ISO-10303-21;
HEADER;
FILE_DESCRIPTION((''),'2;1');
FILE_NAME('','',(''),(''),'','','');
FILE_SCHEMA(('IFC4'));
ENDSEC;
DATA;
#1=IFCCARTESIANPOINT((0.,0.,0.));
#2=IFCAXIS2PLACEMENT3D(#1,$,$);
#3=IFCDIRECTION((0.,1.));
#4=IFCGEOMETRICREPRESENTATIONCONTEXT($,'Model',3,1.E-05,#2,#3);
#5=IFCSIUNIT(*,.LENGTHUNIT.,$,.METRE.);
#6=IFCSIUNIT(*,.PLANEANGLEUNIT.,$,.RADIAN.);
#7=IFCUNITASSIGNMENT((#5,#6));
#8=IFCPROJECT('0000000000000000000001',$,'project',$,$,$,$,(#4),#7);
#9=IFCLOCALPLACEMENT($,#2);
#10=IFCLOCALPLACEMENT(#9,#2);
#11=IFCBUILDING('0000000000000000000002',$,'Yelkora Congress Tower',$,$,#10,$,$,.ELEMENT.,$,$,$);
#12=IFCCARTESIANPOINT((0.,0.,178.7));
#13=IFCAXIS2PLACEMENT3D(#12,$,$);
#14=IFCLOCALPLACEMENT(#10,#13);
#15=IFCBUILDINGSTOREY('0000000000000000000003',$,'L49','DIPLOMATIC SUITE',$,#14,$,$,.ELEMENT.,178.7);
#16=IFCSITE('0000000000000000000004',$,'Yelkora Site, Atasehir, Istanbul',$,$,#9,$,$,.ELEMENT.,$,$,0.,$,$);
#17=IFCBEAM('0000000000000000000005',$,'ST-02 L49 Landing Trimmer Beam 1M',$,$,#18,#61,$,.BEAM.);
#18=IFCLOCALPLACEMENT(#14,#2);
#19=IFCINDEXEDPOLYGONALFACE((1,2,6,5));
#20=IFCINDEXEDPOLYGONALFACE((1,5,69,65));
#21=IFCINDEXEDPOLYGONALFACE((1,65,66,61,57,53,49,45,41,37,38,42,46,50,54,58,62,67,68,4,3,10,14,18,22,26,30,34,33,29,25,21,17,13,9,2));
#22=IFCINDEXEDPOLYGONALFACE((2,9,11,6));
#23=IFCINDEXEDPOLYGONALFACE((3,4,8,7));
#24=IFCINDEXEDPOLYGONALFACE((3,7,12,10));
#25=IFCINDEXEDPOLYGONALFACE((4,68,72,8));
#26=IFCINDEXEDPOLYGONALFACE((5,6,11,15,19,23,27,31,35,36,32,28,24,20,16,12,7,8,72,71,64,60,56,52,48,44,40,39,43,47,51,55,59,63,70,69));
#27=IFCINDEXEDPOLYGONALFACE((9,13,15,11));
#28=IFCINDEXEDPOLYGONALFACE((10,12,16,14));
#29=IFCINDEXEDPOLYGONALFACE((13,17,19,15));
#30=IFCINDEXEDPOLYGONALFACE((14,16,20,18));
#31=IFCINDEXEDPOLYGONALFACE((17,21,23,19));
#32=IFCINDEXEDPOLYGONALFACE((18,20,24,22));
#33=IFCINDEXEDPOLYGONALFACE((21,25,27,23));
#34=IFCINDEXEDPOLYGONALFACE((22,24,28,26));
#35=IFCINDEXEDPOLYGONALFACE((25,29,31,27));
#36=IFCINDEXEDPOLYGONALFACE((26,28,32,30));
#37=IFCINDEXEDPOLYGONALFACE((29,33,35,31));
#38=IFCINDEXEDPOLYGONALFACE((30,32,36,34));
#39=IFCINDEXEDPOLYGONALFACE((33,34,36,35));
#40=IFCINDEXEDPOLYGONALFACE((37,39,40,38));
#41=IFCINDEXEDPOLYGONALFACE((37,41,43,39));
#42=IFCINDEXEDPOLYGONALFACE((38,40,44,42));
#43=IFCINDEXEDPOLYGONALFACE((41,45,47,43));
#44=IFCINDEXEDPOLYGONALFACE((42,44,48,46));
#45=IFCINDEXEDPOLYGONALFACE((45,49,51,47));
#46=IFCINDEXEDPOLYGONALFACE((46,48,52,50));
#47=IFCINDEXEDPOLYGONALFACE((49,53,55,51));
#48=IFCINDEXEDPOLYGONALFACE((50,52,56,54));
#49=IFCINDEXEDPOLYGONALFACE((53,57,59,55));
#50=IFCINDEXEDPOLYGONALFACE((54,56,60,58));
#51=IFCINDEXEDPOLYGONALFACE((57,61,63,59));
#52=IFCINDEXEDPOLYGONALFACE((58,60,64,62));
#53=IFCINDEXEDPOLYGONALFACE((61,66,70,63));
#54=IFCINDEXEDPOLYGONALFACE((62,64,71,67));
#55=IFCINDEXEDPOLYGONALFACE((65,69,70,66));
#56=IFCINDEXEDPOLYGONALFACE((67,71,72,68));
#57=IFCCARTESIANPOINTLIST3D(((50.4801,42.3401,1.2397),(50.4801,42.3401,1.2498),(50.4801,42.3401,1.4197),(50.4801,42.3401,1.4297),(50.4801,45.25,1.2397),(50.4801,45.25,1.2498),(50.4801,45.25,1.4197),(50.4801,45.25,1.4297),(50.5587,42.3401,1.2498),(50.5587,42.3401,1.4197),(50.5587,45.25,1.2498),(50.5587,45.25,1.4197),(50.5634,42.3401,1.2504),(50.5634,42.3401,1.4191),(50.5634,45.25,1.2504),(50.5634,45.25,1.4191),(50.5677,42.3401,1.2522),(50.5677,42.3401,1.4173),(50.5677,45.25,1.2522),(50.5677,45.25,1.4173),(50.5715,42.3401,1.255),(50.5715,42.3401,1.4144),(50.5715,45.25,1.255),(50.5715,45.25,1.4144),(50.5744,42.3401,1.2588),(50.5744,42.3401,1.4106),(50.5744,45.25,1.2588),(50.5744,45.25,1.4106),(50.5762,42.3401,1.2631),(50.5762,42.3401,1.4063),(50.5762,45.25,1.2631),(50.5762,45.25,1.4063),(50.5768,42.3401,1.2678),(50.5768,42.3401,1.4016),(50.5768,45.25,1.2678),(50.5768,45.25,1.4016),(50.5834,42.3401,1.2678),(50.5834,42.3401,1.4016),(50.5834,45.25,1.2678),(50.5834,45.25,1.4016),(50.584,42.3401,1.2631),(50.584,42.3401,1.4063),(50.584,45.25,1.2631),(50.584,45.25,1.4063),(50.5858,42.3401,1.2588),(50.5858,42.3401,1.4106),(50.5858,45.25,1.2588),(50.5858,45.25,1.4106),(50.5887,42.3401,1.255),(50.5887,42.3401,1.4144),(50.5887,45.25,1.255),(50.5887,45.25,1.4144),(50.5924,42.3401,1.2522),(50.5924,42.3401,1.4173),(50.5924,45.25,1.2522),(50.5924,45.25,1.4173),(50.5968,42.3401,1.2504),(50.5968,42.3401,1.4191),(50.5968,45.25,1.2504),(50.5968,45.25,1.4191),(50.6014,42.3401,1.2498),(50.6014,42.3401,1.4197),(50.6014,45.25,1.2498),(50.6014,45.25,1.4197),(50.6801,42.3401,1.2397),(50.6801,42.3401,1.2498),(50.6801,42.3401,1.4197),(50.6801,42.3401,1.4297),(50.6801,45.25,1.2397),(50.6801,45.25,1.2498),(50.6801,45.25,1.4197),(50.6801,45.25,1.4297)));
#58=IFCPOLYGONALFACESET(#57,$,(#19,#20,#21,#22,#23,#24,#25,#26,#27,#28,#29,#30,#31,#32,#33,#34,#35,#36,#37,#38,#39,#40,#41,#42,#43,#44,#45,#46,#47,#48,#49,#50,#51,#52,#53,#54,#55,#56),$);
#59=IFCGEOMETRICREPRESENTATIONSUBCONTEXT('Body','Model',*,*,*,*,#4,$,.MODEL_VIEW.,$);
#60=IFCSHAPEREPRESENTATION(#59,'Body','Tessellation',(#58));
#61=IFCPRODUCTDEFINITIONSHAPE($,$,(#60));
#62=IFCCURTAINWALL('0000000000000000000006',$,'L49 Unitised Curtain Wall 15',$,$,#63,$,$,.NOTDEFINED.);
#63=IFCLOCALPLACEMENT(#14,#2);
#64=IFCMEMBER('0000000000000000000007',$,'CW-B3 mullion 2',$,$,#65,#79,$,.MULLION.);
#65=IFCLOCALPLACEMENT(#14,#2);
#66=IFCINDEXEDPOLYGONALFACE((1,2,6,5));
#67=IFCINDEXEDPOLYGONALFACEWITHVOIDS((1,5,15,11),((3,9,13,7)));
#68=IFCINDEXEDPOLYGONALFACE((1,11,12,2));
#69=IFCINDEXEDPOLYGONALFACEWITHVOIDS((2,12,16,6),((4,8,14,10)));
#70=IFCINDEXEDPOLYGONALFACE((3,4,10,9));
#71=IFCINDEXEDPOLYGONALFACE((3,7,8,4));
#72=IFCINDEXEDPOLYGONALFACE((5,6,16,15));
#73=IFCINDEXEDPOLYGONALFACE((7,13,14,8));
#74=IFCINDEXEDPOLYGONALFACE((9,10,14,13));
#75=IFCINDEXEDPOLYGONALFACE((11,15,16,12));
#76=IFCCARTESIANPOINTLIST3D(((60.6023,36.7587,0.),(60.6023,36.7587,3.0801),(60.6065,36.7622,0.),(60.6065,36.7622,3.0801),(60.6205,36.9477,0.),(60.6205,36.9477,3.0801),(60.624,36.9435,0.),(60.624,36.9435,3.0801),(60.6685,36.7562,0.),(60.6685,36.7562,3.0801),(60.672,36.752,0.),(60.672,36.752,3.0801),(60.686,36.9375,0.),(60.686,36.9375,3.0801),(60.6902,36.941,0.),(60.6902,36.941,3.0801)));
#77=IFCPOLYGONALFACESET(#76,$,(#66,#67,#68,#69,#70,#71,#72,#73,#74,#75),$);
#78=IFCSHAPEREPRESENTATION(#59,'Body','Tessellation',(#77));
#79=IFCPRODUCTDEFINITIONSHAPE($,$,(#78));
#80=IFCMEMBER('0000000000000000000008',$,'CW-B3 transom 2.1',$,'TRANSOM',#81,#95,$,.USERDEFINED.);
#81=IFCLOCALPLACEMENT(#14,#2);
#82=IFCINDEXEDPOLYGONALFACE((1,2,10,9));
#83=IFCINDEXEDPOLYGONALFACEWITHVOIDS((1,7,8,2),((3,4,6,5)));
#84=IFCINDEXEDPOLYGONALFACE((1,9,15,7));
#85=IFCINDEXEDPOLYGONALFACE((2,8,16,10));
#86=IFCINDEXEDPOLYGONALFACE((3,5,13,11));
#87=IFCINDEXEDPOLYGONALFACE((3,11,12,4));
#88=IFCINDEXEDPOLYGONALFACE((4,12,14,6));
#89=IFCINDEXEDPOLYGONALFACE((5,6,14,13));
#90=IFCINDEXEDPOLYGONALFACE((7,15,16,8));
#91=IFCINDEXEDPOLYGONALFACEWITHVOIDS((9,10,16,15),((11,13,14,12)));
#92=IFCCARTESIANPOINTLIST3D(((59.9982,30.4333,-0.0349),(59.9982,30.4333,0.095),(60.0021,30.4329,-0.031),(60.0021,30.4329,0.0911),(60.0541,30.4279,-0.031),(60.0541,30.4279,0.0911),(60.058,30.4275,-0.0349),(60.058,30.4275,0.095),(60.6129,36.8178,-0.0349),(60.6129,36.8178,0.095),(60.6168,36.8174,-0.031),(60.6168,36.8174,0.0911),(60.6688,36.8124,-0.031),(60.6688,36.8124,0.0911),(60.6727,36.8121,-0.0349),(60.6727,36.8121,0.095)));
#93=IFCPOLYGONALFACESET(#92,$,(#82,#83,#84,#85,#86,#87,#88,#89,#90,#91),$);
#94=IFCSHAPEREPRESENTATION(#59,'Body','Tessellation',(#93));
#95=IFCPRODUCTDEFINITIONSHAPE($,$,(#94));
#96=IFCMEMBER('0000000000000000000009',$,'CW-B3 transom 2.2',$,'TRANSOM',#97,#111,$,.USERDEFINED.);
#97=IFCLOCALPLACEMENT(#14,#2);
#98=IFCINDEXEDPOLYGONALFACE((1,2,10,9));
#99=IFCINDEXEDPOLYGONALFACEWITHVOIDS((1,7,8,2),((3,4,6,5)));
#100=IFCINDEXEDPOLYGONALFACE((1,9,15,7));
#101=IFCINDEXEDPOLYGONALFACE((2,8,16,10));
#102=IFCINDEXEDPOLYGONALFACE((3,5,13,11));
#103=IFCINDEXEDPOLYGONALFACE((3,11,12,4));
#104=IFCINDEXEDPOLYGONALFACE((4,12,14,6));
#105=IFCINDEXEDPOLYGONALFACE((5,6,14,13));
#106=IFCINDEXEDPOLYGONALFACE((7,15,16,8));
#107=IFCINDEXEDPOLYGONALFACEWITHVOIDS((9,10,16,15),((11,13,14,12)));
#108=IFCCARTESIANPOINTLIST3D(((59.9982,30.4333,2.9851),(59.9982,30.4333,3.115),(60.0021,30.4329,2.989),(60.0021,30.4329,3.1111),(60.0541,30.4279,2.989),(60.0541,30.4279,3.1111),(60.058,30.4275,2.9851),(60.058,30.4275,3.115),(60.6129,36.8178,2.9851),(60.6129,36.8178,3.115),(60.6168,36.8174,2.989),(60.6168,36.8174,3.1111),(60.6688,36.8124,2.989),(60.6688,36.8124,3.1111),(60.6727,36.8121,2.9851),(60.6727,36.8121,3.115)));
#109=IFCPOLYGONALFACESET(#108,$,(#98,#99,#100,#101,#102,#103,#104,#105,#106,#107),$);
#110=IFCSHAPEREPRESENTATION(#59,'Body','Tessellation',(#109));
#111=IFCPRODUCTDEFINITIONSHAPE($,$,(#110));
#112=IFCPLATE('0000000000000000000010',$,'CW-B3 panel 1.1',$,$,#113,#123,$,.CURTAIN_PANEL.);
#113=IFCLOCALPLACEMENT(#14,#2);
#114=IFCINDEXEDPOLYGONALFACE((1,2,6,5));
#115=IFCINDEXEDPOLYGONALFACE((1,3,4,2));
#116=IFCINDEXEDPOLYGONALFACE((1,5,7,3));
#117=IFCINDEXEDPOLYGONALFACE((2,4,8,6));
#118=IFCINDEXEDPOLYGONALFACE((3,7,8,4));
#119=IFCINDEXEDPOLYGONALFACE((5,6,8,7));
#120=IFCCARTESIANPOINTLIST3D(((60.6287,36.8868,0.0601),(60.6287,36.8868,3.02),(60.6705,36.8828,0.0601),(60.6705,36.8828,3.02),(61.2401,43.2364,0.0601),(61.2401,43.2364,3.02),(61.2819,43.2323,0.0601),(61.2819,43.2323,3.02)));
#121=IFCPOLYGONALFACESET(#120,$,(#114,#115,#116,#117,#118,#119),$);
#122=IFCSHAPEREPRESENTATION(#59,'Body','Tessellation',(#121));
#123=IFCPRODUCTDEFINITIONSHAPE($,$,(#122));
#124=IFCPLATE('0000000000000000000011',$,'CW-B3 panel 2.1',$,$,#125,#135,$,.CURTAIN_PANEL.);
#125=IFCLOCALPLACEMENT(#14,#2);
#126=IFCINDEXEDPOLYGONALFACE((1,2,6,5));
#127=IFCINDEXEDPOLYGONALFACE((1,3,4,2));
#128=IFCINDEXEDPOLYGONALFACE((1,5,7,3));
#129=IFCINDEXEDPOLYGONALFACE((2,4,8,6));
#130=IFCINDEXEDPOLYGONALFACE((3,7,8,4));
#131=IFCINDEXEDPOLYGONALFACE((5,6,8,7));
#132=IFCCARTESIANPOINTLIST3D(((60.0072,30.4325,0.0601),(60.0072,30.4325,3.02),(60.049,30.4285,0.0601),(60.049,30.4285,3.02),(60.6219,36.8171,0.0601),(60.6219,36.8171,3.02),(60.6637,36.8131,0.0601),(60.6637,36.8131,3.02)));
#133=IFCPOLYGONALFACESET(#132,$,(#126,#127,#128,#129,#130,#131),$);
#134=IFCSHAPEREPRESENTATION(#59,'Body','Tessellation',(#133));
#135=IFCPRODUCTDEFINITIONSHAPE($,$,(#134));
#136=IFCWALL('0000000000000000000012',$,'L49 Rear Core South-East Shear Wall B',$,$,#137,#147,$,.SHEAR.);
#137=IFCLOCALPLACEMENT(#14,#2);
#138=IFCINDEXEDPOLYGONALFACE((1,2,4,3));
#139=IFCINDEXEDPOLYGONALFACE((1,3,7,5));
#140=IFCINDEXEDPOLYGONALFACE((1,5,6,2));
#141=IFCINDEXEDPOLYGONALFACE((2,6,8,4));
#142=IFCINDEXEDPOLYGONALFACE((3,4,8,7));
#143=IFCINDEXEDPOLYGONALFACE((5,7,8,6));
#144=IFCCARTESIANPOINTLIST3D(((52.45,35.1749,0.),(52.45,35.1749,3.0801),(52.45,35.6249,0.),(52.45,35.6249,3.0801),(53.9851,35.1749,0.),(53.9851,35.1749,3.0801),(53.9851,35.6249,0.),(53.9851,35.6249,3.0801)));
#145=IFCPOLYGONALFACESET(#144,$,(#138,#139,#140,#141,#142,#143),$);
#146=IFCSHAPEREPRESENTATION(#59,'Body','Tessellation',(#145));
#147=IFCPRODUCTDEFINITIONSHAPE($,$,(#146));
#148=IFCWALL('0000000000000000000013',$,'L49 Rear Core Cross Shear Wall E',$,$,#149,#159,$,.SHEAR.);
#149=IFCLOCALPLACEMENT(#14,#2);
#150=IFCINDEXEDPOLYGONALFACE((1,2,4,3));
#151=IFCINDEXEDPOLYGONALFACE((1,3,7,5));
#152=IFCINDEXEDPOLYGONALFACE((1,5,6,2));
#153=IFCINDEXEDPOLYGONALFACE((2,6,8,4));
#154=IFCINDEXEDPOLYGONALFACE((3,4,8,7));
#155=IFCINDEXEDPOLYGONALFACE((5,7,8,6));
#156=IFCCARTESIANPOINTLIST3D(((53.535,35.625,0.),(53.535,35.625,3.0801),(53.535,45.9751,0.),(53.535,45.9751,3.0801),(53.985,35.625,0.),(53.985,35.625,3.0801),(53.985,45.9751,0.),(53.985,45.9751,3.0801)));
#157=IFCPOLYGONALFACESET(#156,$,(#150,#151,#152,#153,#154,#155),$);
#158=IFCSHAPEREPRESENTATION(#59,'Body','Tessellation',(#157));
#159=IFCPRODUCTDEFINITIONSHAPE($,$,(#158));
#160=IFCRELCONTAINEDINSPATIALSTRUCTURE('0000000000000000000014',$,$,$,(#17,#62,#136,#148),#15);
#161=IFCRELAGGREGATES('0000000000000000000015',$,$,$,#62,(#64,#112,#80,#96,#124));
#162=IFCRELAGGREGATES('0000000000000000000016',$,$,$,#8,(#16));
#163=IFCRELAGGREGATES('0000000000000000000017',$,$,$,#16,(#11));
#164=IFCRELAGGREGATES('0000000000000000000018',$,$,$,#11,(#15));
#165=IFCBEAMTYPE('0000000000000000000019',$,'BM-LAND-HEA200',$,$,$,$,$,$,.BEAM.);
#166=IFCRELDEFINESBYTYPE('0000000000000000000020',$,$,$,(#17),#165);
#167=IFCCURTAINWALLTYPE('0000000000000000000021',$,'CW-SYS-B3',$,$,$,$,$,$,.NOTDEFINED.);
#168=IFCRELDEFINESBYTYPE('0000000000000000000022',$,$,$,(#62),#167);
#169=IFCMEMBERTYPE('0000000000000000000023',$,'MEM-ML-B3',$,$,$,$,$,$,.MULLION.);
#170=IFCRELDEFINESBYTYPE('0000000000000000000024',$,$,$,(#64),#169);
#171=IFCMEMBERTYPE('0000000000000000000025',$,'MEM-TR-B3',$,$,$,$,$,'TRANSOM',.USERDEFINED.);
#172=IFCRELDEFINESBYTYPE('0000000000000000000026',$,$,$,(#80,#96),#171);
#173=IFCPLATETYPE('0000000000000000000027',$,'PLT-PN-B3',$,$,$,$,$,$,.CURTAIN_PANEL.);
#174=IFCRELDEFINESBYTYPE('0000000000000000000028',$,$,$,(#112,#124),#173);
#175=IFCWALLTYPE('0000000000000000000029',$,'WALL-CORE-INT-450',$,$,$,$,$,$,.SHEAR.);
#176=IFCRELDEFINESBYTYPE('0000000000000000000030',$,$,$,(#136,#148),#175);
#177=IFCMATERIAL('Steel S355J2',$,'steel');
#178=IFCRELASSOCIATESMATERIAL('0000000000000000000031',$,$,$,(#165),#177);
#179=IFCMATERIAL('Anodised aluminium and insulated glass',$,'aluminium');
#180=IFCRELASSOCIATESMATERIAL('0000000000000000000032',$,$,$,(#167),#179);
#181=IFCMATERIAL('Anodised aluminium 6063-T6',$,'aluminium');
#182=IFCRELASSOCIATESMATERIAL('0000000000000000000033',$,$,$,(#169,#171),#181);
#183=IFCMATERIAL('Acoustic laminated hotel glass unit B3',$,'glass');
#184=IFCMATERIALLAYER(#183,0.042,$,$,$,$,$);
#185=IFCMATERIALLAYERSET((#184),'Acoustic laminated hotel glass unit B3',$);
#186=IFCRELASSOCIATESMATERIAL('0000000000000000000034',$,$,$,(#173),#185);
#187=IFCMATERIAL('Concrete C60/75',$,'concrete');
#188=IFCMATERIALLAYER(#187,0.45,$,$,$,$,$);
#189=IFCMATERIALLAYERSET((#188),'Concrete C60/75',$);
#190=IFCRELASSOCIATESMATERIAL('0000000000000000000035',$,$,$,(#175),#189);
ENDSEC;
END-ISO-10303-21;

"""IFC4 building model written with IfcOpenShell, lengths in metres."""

from ifc_helpers import new_model, si_unit, direction, frame, frame_2d, origin, origin_2d, place, context, subcontext, project, spatial, rectangle, hollow_rectangle, i_section, extrude, material, layer, layer_set, material_profile, profile_set, type_object, element, aggregate, save


model = new_model("IFC4")

# Units and contexts
model_context = context("Model", 3, precision=1e-05, world=origin(), true_north=direction((0.0, 1.0)))
body_context = subcontext(model_context, "Body", "Model", "MODEL_VIEW")
ifc_project = project(units=[si_unit("LENGTHUNIT", "METRE"), si_unit("PLANEANGLEUNIT", "RADIAN")], contexts=[model_context])

# Site, building, storey
site_placement = place(None, origin())
site = spatial("IfcSite", under=ifc_project, at=site_placement, Name="Yelkora Site, Atasehir, Istanbul", CompositionType="ELEMENT", RefElevation=0.0)
building_placement = place(site_placement, origin())
building = spatial("IfcBuilding", under=site, at=building_placement, Name="Yelkora Congress Tower", CompositionType="ELEMENT")
storey_placement = place(building_placement, frame((0.0, 0.0, 178.7)))
storey = spatial("IfcBuildingStorey", under=building, at=storey_placement, Name="L49", Description="DIPLOMATIC SUITE", CompositionType="ELEMENT", Elevation=178.7)

# Beam
ifc_material_1 = material(Name="Steel S355J2", Category="steel")
ifc_material_profile_1 = material_profile(ifc_material_1, i_section(OverallWidth=0.2, OverallDepth=0.1899, WebThickness=0.0066, FlangeThickness=0.01, FilletRadius=0.0181, at=origin_2d()), Name="HEA 200")
ifc_profile_set_1 = profile_set([ifc_material_profile_1], Name="Steel S355J2")
beam_type_1 = type_object("IfcBeamType", Name="BM-LAND-HEA200", PredefinedType="BEAM", material=ifc_profile_set_1)
beam_1_placement = place(storey_placement, frame((50.5801, 42.3401, 1.3347), z_axis=(0.0, 1.0, 0.0), x_axis=(-1.0, 0.0, 0.0)))
element("IfcBeam", 1, at=beam_1_placement, inside=storey, type_object=beam_type_1, Name="ST-02 L49 Landing Trimmer Beam 1M", PredefinedType="BEAM", context=body_context, shape_type="SweptSolid", body=[
    extrude(i_section(OverallWidth=0.2, OverallDepth=0.1899, WebThickness=0.0066, FlangeThickness=0.01, FilletRadius=0.0181, at=origin_2d()), origin(), (0.0, 0.0, 1.0), 2.9099),
])

# Curtain wall, members, plates
ifc_material_2 = material(Name="Anodised aluminium and insulated glass", Category="aluminium")
curtain_wall_type = type_object("IfcCurtainWallType", Name="CW-SYS-B3", PredefinedType="NOTDEFINED", material=ifc_material_2)
curtain_wall_placement = place(storey_placement, origin())
curtain_wall = element("IfcCurtainWall", 2, at=curtain_wall_placement, inside=storey, type_object=curtain_wall_type, Name="L49 Unitised Curtain Wall 15", PredefinedType="NOTDEFINED")
ifc_material_3 = material(Name="Anodised aluminium 6063-T6", Category="aluminium")
ifc_material_profile_2 = material_profile(ifc_material_3, hollow_rectangle(XDim=0.0701, YDim=0.1899, WallThickness=0.0039, at=origin_2d()), Name="ALU 70x190x4")
ifc_profile_set_2 = profile_set([ifc_material_profile_2], Name="Anodised aluminium 6063-T6")
member_type_1 = type_object("IfcMemberType", Name="MEM-ML-B3", PredefinedType="MULLION", material=ifc_profile_set_2)
member_1_placement = place(storey_placement, frame((60.6462, 36.8499, 0.0), z_axis=(0.0, 0.0, 1.0), x_axis=(0.995397, -0.095842, 0.0)))
member_1 = element("IfcMember", 3, at=member_1_placement, type_object=member_type_1, Name="CW-B3 mullion 2", PredefinedType="MULLION", context=body_context, shape_type="SweptSolid", body=[
    extrude(hollow_rectangle(XDim=0.0701, YDim=0.1899, WallThickness=0.0039, at=origin_2d()), origin(), (0.0, 0.0, 1.0), 3.0801),
])
ifc_material_profile_3 = material_profile(ifc_material_3, hollow_rectangle(XDim=0.0601, YDim=0.1299, WallThickness=0.0039, at=origin_2d()), Name="ALU 60x130x4")
ifc_profile_set_3 = profile_set([ifc_material_profile_3], Name="Anodised aluminium 6063-T6")
member_type_2 = type_object("IfcMemberType", Name="MEM-TR-B3", ElementType="TRANSOM", PredefinedType="USERDEFINED", material=ifc_profile_set_3)
member_2_placement = place(storey_placement, frame((60.6428, 36.8149, 0.03), z_axis=(-0.095844, -0.995396, 0.0), x_axis=(0.995396, -0.095844, 0.0)))
member_2 = element("IfcMember", 4, at=member_2_placement, type_object=member_type_2, Name="CW-B3 transom 2.1", ObjectType="TRANSOM", PredefinedType="USERDEFINED", context=body_context, shape_type="SweptSolid", body=[
    extrude(hollow_rectangle(XDim=0.0601, YDim=0.1299, WallThickness=0.0039, at=origin_2d()), origin(), (0.0, 0.0, 1.0), 6.4141),
])
member_3_placement = place(storey_placement, frame((60.6428, 36.8149, 3.05), z_axis=(-0.095844, -0.995396, 0.0), x_axis=(0.995396, -0.095844, 0.0)))
member_3 = element("IfcMember", 5, at=member_3_placement, type_object=member_type_2, Name="CW-B3 transom 2.2", ObjectType="TRANSOM", PredefinedType="USERDEFINED", context=body_context, shape_type="SweptSolid", body=[
    extrude(hollow_rectangle(XDim=0.0601, YDim=0.1299, WallThickness=0.0039, at=origin_2d()), origin(), (0.0, 0.0, 1.0), 6.4141),
])
ifc_material_4 = material(Name="Acoustic laminated hotel glass unit B3", Category="glass")
ifc_layer_1 = layer(ifc_material_4, 0.042)
ifc_layer_set_1 = layer_set([ifc_layer_1], Name="Acoustic laminated hotel glass unit B3")
plate_type = type_object("IfcPlateType", Name="PLT-PN-B3", PredefinedType="CURTAIN_PANEL", material=ifc_layer_set_1)
plate_1_placement = place(storey_placement, frame((60.9553, 40.0596, 0.0601), z_axis=(0.0, 0.0, 1.0), x_axis=(-0.095842, -0.995397, 0.0)))
plate_1 = element("IfcPlate", 6, at=plate_1_placement, type_object=plate_type, Name="CW-B3 panel 1.1", PredefinedType="CURTAIN_PANEL", context=body_context, shape_type="SweptSolid", body=[
    extrude(rectangle(XDim=6.3789, YDim=0.042, at=origin_2d()), origin(), (0.0, 0.0, 1.0), 2.96),
])
plate_2_placement = place(storey_placement, frame((60.3354, 33.6228, 0.0601), z_axis=(0.0, 0.0, 1.0), x_axis=(-0.095842, -0.995397, 0.0)))
plate_2 = element("IfcPlate", 7, at=plate_2_placement, type_object=plate_type, Name="CW-B3 panel 2.1", PredefinedType="CURTAIN_PANEL", context=body_context, shape_type="SweptSolid", body=[
    extrude(rectangle(XDim=6.4141, YDim=0.042, at=origin_2d()), origin(), (0.0, 0.0, 1.0), 2.96),
])
aggregate(curtain_wall, [member_1, plate_1, member_2, member_3, plate_2])

# Walls
ifc_material_5 = material(Name="Concrete C60/75", Category="concrete")
ifc_layer_2 = layer(ifc_material_5, 0.45)
ifc_layer_set_2 = layer_set([ifc_layer_2], Name="Concrete C60/75")
wall_type = type_object("IfcWallType", Name="WALL-CORE-INT-450", PredefinedType="SHEAR", material=ifc_layer_set_2)
wall_1_placement = place(storey_placement, frame((52.45, 35.3999, 0.0), z_axis=(0.0, 0.0, 1.0), x_axis=(1.0, 0.0, 0.0)))
element("IfcWall", 8, at=wall_1_placement, inside=storey, type_object=wall_type, Name="L49 Rear Core South-East Shear Wall B", PredefinedType="SHEAR", context=body_context, shape_type="SweptSolid", body=[
    extrude(rectangle(XDim=1.5352, YDim=0.45, at=frame_2d((0.7676, 0.0))), origin(), (0.0, 0.0, 1.0), 3.0801),
])
wall_2_placement = place(storey_placement, frame((53.76, 35.625, 0.0), z_axis=(0.0, 0.0, 1.0), x_axis=(0.0, 1.0, 0.0)))
element("IfcWall", 9, at=wall_2_placement, inside=storey, type_object=wall_type, Name="L49 Rear Core Cross Shear Wall E", PredefinedType="SHEAR", context=body_context, shape_type="SweptSolid", body=[
    extrude(rectangle(XDim=10.3501, YDim=0.45, at=frame_2d((5.175, 0.0))), origin(), (0.0, 0.0, 1.0), 3.0801),
])

save(model, "model.ifc")
